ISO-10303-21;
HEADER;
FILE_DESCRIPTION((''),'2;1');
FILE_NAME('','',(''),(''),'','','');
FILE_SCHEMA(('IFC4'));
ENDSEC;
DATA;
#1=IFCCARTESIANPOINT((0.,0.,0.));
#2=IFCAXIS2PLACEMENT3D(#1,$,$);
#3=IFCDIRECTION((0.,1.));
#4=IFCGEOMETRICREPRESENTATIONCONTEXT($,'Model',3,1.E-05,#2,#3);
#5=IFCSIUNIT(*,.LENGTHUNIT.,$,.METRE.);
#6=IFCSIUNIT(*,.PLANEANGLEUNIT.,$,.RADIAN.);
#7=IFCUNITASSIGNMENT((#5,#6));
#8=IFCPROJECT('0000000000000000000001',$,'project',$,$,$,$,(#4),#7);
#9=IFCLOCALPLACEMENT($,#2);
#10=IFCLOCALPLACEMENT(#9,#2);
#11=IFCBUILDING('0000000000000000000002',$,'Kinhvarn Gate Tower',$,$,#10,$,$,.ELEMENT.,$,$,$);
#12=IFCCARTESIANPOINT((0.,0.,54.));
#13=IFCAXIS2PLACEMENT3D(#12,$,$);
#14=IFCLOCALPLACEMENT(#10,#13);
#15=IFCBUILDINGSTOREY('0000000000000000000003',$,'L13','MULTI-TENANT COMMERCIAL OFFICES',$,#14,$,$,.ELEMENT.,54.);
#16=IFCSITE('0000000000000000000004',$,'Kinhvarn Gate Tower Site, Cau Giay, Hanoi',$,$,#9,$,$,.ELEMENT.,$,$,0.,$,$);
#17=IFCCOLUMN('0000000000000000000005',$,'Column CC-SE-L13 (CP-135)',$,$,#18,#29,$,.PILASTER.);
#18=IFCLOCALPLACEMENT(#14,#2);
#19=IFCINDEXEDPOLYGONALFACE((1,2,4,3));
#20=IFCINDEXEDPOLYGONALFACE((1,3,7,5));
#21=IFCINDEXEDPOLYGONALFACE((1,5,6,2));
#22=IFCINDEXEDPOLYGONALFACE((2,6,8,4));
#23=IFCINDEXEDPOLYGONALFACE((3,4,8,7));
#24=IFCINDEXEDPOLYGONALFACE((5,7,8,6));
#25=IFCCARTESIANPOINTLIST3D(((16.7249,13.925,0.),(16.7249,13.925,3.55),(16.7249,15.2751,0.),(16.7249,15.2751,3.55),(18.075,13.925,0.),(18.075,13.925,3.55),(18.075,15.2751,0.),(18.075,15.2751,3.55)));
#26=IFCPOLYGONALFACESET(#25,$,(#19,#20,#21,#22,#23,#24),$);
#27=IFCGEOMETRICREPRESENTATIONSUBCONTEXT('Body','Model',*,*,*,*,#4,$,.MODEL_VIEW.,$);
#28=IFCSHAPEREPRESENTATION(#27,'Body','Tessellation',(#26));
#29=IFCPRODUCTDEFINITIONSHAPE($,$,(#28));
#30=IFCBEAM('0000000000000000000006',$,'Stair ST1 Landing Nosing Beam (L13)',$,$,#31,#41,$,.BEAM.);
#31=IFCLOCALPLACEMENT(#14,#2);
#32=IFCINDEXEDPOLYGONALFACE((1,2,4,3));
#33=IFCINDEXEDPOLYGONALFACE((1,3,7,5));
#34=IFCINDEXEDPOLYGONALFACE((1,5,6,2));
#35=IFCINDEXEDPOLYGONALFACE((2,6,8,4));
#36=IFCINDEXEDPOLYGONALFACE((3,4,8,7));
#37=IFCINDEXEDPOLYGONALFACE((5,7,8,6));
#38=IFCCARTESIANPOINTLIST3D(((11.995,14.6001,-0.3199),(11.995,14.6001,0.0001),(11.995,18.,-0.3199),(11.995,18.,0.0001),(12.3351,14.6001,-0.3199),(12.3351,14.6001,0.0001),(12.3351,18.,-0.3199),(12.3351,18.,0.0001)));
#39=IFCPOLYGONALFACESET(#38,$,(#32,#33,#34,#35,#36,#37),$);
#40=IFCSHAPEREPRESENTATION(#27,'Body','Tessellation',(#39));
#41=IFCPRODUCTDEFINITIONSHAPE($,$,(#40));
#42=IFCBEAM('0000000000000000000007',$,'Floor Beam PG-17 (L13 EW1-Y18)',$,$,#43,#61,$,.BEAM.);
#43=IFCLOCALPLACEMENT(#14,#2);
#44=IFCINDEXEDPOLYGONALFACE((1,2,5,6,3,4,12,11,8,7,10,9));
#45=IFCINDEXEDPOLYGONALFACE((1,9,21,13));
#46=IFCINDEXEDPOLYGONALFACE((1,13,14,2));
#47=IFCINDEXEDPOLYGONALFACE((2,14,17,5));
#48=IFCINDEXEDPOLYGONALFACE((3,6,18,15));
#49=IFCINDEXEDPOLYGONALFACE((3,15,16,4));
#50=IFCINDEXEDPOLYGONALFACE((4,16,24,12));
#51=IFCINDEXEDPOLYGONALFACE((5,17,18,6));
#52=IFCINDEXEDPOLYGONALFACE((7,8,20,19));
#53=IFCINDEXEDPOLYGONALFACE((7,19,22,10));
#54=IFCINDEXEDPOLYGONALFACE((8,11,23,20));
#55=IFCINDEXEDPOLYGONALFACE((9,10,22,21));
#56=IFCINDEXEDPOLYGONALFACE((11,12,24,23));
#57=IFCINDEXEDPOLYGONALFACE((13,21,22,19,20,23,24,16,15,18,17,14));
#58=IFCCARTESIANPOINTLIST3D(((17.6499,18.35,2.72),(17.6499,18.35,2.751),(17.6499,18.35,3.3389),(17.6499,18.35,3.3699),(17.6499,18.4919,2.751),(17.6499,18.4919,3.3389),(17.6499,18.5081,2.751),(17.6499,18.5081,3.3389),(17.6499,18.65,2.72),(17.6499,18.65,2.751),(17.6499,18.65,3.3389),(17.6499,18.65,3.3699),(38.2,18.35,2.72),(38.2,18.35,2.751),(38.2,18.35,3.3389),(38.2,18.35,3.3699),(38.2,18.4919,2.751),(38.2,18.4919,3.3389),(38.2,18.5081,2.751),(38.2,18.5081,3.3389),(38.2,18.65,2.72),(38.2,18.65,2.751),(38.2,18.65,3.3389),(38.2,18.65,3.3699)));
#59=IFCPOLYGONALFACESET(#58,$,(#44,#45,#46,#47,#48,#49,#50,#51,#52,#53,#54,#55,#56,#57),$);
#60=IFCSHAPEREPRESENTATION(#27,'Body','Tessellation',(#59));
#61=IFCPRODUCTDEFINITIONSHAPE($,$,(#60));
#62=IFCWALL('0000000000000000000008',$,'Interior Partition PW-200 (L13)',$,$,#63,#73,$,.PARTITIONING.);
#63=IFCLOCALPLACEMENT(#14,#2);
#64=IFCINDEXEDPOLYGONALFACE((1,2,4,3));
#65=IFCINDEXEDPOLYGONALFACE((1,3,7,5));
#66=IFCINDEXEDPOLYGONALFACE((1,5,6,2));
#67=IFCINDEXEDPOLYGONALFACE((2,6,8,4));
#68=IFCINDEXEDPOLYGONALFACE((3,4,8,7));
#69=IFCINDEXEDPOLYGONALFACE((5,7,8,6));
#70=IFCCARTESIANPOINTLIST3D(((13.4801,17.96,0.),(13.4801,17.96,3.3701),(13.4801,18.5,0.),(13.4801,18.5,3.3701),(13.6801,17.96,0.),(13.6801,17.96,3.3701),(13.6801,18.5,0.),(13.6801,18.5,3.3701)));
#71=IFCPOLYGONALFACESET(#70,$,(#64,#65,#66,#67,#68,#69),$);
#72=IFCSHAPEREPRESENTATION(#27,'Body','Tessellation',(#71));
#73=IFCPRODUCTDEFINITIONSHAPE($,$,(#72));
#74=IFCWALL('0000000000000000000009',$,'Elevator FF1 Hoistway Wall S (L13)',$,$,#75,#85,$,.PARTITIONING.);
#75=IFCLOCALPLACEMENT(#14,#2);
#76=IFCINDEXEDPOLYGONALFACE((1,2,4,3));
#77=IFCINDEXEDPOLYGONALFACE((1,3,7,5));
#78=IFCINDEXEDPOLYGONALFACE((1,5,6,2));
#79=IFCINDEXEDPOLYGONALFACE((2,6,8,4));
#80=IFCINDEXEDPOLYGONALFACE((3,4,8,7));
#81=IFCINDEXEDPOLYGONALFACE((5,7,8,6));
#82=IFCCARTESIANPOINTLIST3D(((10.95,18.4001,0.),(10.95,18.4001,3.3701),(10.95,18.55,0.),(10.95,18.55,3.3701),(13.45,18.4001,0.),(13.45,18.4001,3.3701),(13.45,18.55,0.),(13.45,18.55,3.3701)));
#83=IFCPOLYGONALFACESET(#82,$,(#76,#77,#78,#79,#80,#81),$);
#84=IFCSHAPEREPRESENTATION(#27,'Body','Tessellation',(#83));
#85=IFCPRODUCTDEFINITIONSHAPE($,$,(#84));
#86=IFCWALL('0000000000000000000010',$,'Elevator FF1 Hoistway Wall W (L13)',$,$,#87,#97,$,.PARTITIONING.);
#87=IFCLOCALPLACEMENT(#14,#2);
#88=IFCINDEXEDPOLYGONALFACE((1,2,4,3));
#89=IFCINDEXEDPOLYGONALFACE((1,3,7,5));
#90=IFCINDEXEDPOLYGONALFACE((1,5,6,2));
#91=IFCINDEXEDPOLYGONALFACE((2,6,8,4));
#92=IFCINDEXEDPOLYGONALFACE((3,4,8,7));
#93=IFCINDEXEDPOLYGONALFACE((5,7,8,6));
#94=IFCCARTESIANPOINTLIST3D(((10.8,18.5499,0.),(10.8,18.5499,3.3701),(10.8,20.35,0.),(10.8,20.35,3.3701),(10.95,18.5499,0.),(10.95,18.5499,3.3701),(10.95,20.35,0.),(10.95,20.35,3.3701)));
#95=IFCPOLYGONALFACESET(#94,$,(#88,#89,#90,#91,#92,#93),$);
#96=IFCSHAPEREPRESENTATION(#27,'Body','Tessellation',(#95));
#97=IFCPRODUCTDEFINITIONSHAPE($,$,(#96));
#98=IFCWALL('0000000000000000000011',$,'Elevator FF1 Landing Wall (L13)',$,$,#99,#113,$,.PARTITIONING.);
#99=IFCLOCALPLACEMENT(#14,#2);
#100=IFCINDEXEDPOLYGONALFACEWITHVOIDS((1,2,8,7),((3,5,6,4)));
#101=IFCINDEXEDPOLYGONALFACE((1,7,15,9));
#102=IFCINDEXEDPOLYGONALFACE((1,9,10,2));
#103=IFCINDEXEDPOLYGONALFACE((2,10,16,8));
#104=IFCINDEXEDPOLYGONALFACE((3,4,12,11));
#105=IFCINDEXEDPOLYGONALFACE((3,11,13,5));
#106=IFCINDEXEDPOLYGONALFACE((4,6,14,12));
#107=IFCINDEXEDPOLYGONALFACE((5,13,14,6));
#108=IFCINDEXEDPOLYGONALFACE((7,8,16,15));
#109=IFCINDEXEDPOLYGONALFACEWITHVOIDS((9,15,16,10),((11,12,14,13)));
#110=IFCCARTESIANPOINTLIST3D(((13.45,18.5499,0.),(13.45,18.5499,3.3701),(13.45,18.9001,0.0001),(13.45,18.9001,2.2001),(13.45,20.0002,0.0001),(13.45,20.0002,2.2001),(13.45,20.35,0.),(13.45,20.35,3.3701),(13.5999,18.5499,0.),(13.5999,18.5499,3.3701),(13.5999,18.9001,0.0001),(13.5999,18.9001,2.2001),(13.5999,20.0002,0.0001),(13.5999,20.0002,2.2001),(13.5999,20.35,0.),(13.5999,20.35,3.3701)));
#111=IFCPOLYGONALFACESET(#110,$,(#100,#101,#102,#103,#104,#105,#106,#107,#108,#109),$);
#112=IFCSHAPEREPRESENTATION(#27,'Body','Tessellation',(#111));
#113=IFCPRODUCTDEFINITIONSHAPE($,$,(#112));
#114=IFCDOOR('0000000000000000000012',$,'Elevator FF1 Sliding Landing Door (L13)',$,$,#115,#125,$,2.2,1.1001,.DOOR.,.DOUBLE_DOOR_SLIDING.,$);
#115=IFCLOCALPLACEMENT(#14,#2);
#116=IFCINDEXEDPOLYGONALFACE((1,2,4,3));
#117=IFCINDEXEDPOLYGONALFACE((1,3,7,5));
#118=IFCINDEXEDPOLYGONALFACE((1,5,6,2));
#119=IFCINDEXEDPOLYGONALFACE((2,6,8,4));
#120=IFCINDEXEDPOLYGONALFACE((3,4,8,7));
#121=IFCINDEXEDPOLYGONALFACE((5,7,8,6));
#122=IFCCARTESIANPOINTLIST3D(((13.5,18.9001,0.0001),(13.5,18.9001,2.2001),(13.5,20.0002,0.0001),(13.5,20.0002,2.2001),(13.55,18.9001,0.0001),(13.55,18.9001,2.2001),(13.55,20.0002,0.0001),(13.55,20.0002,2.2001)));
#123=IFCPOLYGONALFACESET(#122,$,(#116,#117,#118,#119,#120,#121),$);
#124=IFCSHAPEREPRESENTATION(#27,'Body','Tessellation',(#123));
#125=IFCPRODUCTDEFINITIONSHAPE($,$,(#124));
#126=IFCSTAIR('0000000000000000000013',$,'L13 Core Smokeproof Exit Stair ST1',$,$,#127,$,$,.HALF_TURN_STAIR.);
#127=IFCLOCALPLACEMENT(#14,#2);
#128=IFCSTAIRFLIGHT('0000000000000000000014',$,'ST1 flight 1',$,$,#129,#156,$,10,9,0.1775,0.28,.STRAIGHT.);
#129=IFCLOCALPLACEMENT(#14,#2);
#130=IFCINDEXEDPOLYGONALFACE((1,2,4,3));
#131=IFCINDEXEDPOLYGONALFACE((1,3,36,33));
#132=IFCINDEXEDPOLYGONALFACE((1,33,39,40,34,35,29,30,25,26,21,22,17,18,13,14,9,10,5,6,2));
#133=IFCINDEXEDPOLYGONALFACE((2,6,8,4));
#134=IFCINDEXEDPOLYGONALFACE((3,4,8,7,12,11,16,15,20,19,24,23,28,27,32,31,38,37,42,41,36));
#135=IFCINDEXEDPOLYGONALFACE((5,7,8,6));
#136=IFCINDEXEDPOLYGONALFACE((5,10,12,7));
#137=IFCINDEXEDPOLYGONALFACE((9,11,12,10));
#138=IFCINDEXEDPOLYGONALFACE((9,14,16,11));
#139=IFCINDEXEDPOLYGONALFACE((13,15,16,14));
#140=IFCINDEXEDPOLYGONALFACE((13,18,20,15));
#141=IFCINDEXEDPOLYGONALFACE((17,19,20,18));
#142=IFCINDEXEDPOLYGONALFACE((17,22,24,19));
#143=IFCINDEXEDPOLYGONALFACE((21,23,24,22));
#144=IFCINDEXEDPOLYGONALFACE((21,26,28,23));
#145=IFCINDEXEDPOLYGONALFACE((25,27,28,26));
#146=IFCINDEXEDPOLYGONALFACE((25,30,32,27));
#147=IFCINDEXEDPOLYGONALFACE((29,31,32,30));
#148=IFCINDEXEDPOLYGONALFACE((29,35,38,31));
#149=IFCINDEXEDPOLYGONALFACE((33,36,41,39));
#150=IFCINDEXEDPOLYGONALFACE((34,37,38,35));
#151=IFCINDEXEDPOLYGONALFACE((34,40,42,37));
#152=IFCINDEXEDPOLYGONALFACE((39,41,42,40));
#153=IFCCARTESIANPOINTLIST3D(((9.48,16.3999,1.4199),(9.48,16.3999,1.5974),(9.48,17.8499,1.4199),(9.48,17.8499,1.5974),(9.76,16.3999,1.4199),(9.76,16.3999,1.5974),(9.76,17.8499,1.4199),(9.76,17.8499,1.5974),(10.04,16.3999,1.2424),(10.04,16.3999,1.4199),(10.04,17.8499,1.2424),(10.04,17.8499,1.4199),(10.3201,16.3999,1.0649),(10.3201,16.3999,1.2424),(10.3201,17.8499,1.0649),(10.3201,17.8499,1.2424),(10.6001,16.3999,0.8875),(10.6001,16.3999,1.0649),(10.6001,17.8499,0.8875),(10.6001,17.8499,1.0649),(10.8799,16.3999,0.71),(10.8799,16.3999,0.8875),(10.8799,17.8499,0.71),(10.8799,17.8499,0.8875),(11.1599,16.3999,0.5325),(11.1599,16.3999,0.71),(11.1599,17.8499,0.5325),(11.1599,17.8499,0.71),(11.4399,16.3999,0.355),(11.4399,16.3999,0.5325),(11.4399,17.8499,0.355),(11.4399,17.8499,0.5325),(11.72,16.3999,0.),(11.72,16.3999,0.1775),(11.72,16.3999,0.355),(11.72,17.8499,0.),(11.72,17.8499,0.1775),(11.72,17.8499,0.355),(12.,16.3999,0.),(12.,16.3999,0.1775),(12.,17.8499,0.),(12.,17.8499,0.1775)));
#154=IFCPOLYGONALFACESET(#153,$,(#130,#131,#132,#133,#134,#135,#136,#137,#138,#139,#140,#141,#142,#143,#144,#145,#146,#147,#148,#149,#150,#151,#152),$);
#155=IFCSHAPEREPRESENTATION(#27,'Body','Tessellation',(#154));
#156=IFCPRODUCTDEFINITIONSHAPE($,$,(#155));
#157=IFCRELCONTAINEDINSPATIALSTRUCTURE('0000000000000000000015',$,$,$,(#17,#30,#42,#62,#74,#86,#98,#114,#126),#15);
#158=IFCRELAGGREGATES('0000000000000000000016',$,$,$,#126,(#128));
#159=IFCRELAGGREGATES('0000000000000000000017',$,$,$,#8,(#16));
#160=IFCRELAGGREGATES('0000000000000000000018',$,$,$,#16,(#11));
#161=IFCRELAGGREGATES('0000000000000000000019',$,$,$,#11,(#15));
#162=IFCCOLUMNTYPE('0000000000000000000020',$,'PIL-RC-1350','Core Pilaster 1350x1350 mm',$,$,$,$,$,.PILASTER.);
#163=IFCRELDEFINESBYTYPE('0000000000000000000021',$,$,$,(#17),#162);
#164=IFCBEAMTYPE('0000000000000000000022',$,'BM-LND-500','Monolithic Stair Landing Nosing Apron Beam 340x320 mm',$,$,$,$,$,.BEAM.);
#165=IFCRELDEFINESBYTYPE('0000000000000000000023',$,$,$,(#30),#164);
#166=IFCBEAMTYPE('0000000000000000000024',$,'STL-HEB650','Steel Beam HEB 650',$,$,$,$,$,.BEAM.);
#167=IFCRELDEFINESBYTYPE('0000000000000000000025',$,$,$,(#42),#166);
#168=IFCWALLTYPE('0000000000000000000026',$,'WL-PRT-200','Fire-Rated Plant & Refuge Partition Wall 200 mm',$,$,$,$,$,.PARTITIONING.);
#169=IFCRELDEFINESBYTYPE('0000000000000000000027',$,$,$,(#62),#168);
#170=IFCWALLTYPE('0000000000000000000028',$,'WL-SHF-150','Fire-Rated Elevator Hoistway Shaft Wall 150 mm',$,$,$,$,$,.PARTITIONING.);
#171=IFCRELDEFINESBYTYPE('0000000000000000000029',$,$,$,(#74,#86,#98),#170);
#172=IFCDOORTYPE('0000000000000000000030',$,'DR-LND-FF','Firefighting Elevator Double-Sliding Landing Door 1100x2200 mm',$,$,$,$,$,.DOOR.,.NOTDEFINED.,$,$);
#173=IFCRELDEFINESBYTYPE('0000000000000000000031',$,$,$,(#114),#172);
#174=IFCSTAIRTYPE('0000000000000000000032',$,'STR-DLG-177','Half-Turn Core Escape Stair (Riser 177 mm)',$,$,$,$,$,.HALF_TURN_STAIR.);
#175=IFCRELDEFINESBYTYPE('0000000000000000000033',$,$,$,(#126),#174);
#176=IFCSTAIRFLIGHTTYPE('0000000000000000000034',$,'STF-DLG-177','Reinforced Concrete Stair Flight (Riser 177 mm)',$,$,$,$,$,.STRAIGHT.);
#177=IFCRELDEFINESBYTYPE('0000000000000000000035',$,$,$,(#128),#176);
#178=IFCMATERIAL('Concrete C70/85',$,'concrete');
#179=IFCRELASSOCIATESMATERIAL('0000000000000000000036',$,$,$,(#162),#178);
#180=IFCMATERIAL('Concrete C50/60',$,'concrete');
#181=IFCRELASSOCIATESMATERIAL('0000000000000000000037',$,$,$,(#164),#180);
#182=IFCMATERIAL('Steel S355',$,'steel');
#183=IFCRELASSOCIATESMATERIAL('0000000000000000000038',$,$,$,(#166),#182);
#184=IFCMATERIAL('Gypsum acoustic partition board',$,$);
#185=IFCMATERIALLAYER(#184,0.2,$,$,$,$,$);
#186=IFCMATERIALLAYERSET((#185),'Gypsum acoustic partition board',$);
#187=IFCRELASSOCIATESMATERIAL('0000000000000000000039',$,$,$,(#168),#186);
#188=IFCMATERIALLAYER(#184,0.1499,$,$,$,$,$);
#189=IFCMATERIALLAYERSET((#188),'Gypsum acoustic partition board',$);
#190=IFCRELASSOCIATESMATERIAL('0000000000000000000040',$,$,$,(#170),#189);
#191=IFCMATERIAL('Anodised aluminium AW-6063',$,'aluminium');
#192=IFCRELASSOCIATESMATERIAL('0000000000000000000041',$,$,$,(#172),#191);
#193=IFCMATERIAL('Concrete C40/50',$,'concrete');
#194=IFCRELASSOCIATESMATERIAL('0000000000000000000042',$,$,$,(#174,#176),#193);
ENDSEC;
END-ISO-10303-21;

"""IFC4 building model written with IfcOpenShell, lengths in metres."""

from ifc_helpers import new_model, si_unit, direction, frame, frame_2d, origin, origin_2d, place, context, subcontext, project, spatial, polyline, rectangle, i_section, outline, extrude, material, layer, layer_set, material_profile, profile_set, type_object, element, fill, aggregate, save


model = new_model("IFC4")

# Units and contexts
model_context = context("Model", 3, precision=1e-05, world=origin(), true_north=direction((0.0, 1.0)))
body_context = subcontext(model_context, "Body", "Model", "MODEL_VIEW")
ifc_project = project(units=[si_unit("LENGTHUNIT", "METRE"), si_unit("PLANEANGLEUNIT", "RADIAN")], contexts=[model_context])

# Site, building, storey
site_placement = place(None, origin())
site = spatial("IfcSite", under=ifc_project, at=site_placement, Name="Kinhvarn Gate Tower Site, Cau Giay, Hanoi", CompositionType="ELEMENT", RefElevation=0.0)
building_placement = place(site_placement, origin())
building = spatial("IfcBuilding", under=site, at=building_placement, Name="Kinhvarn Gate Tower", CompositionType="ELEMENT")
storey_placement = place(building_placement, frame((0.0, 0.0, 54.0)))
storey = spatial("IfcBuildingStorey", under=building, at=storey_placement, Name="L13", Description="MULTI-TENANT COMMERCIAL OFFICES", CompositionType="ELEMENT", Elevation=54.0)

# Column
ifc_material_1 = material(Name="Concrete C70/85", Category="concrete")
ifc_material_profile_1 = material_profile(ifc_material_1, rectangle(XDim=1.3501, YDim=1.3501, at=origin_2d()), Name="RC 1350x1350")
ifc_profile_set_1 = profile_set([ifc_material_profile_1], Name="Concrete C70/85")
column_type = type_object("IfcColumnType", Name="PIL-RC-1350", Description="Core Pilaster 1350x1350 mm", PredefinedType="PILASTER", material=ifc_profile_set_1)
column_placement = place(storey_placement, frame((17.3999, 14.6001, 0.0), z_axis=(0.0, 0.0, 1.0), x_axis=(1.0, 0.0, 0.0)))
element("IfcColumn", 1, at=column_placement, inside=storey, type_object=column_type, Name="Column CC-SE-L13 (CP-135)", PredefinedType="PILASTER", context=body_context, shape_type="SweptSolid", body=[
    extrude(rectangle(XDim=1.3501, YDim=1.3501, at=origin_2d()), origin(), (0.0, 0.0, 1.0), 3.55),
])

# Beams
ifc_material_2 = material(Name="Concrete C50/60", Category="concrete")
ifc_material_profile_2 = material_profile(ifc_material_2, rectangle(XDim=0.3401, YDim=0.3201, at=origin_2d()), Name="RC 340x320")
ifc_profile_set_2 = profile_set([ifc_material_profile_2], Name="Concrete C50/60")
beam_type_1 = type_object("IfcBeamType", Name="BM-LND-500", Description="Monolithic Stair Landing Nosing Apron Beam 340x320 mm", PredefinedType="BEAM", material=ifc_profile_set_2)
beam_1_placement = place(storey_placement, frame((12.165, 14.6001, -0.1599), z_axis=(0.0, 1.0, 0.0), x_axis=(-1.0, 0.0, 0.0)))
element("IfcBeam", 2, at=beam_1_placement, inside=storey, type_object=beam_type_1, Name="Stair ST1 Landing Nosing Beam (L13)", PredefinedType="BEAM", context=body_context, shape_type="SweptSolid", body=[
    extrude(rectangle(XDim=0.3401, YDim=0.3201, at=origin_2d()), origin(), (0.0, 0.0, 1.0), 3.3999),
])
ifc_material_3 = material(Name="Steel S355", Category="steel")
ifc_material_profile_3 = material_profile(ifc_material_3, i_section(OverallWidth=0.3, OverallDepth=0.6499, WebThickness=0.0161, FlangeThickness=0.031, at=origin_2d()), Name="HEB 650")
ifc_profile_set_3 = profile_set([ifc_material_profile_3], Name="Steel S355")
beam_type_2 = type_object("IfcBeamType", Name="STL-HEB650", Description="Steel Beam HEB 650", PredefinedType="BEAM", material=ifc_profile_set_3)
beam_2_placement = place(storey_placement, frame((17.6499, 18.5, 3.0449), z_axis=(1.0, 0.0, 0.0), x_axis=(0.0, 1.0, 0.0)))
element("IfcBeam", 3, at=beam_2_placement, inside=storey, type_object=beam_type_2, Name="Floor Beam PG-17 (L13 EW1-Y18)", PredefinedType="BEAM", context=body_context, shape_type="SweptSolid", body=[
    extrude(i_section(OverallWidth=0.3, OverallDepth=0.6499, WebThickness=0.0161, FlangeThickness=0.031, at=origin_2d()), origin(), (0.0, 0.0, 1.0), 20.55),
])

# Shared definitions
ifc_material_4 = material(Name="Anodised aluminium AW-6063", Category="aluminium")

# Walls
ifc_material_5 = material(Name="Gypsum acoustic partition board")
ifc_layer_1 = layer(ifc_material_5, 0.2)
ifc_layer_set_1 = layer_set([ifc_layer_1], Name="Gypsum acoustic partition board")
wall_type_1 = type_object("IfcWallType", Name="WL-PRT-200", Description="Fire-Rated Plant & Refuge Partition Wall 200 mm", PredefinedType="PARTITIONING", material=ifc_layer_set_1)
wall_1_placement = place(storey_placement, frame((13.5801, 17.96, 0.0), z_axis=(0.0, 0.0, 1.0), x_axis=(0.0, 1.0, 0.0)))
element("IfcWall", 4, at=wall_1_placement, inside=storey, type_object=wall_type_1, Name="Interior Partition PW-200 (L13)", PredefinedType="PARTITIONING", context=body_context, shape_type="SweptSolid", body=[
    extrude(rectangle(XDim=0.54, YDim=0.2, at=frame_2d((0.27, 0.0))), origin(), (0.0, 0.0, 1.0), 3.3701),
])
ifc_layer_2 = layer(ifc_material_5, 0.1499)
ifc_layer_set_2 = layer_set([ifc_layer_2], Name="Gypsum acoustic partition board")
wall_type_2 = type_object("IfcWallType", Name="WL-SHF-150", Description="Fire-Rated Elevator Hoistway Shaft Wall 150 mm", PredefinedType="PARTITIONING", material=ifc_layer_set_2)
wall_2_placement = place(storey_placement, frame((10.95, 18.4751, 0.0), z_axis=(0.0, 0.0, 1.0), x_axis=(1.0, 0.0, 0.0)))
element("IfcWall", 5, at=wall_2_placement, inside=storey, type_object=wall_type_2, Name="Elevator FF1 Hoistway Wall S (L13)", PredefinedType="PARTITIONING", context=body_context, shape_type="SweptSolid", body=[
    extrude(rectangle(XDim=2.5, YDim=0.1499, at=frame_2d((1.25, 0.0))), origin(), (0.0, 0.0, 1.0), 3.3701),
])
wall_3_placement = place(storey_placement, frame((10.875, 18.55, 0.0), z_axis=(0.0, 0.0, 1.0), x_axis=(0.0, 1.0, 0.0)))
element("IfcWall", 6, at=wall_3_placement, inside=storey, type_object=wall_type_2, Name="Elevator FF1 Hoistway Wall W (L13)", PredefinedType="PARTITIONING", context=body_context, shape_type="SweptSolid", body=[
    extrude(rectangle(XDim=1.8, YDim=0.1499, at=frame_2d((0.8999, 0.0))), origin(), (0.0, 0.0, 1.0), 3.3701),
])

# Wall, opening, door
wall_4_placement = place(storey_placement, frame((13.5249, 18.55, 0.0), z_axis=(0.0, 0.0, 1.0), x_axis=(0.0, 1.0, 0.0)))
wall_4 = element("IfcWall", 7, at=wall_4_placement, inside=storey, type_object=wall_type_2, Name="Elevator FF1 Landing Wall (L13)", PredefinedType="PARTITIONING", context=body_context, shape_type="SweptSolid", body=[
    extrude(rectangle(XDim=1.8, YDim=0.1499, at=frame_2d((0.8999, 0.0))), origin(), (0.0, 0.0, 1.0), 3.3701),
])
opening_1_placement = place(wall_4_placement, frame((0.3501, 0.0, 0.0)))
opening_1 = element("IfcOpeningElement", 8, at=opening_1_placement, cuts=wall_4, PredefinedType="OPENING", context=body_context, shape_type="SweptSolid", body=[
    extrude(rectangle(XDim=1.1001, YDim=2.2, at=frame_2d((0.55, 1.1001))), frame((0.0, 0.085, 0.0), z_axis=(0.0, -1.0, 0.0), x_axis=(1.0, 0.0, 0.0)), (0.0, 0.0, 1.0), 0.1699),
])
door_type_1 = type_object("IfcDoorType", Name="DR-LND-FF", Description="Firefighting Elevator Double-Sliding Landing Door 1100x2200 mm", OperationType="NOTDEFINED", PredefinedType="DOOR", material=ifc_material_4)
door_1_placement = place(opening_1_placement, origin())
door_1 = element("IfcDoor", 9, at=door_1_placement, inside=storey, type_object=door_type_1, Name="Elevator FF1 Sliding Landing Door (L13)", OperationType="DOUBLE_DOOR_SLIDING", OverallHeight=2.2, OverallWidth=1.1001, PredefinedType="DOOR", context=body_context, shape_type="SweptSolid", body=[
    extrude(rectangle(XDim=1.1001, YDim=2.2, at=frame_2d((0.55, 1.1001))), frame((0.0, 0.0249, 0.0), z_axis=(0.0, -1.0, 0.0), x_axis=(1.0, 0.0, 0.0)), (0.0, 0.0, 1.0), 0.05),
])
fill(opening_1, door_1)
ifc_material_6 = material(Name="Concrete C40/50", Category="concrete")

# Stair, stair flight
stair_type = type_object("IfcStairType", Name="STR-DLG-177", Description="Half-Turn Core Escape Stair (Riser 177 mm)", PredefinedType="HALF_TURN_STAIR", material=ifc_material_6)
stair_placement = place(storey_placement, origin())
stair = element("IfcStair", 10, at=stair_placement, inside=storey, type_object=stair_type, Name="L13 Core Smokeproof Exit Stair ST1", PredefinedType="HALF_TURN_STAIR")
stair_flight_type = type_object("IfcStairFlightType", Name="STF-DLG-177", Description="Reinforced Concrete Stair Flight (Riser 177 mm)", PredefinedType="STRAIGHT", material=ifc_material_6)
stair_flight_1_placement = place(storey_placement, frame((12.0, 17.125, 0.0), z_axis=(0.0, 0.0, 1.0), x_axis=(-1.0, 0.0, 0.0)))
stair_flight_1 = element("IfcStairFlight", 11, at=stair_flight_1_placement, type_object=stair_flight_type, Name="ST1 flight 1", NumberOfRisers=10, NumberOfTreads=9, PredefinedType="STRAIGHT", RiserHeight=0.1775, TreadLength=0.28, context=body_context, shape_type="SweptSolid", body=[
    extrude(outline(polyline([(0.0, 0.0), (0.0, 0.1775), (0.28, 0.1775), (0.28, 0.355), (0.5601, 0.355), (0.5601, 0.5325), (0.8401, 0.5325), (0.8401, 0.71), (1.1201, 0.71), (1.1201, 0.8875), (1.3999, 0.8875), (1.3999, 1.0649), (1.6799, 1.0649), (1.6799, 1.2424), (1.96, 1.2424), (1.96, 1.4199), (2.24, 1.4199), (2.24, 1.5974), (2.52, 1.5974), (2.52, 1.7749), (2.52, 1.4199), (0.28, 0.0), (0.0, 0.0)])), frame((0.0, 0.7251, 0.0), z_axis=(0.0, -1.0, 0.0), x_axis=(1.0, 0.0, 0.0)), (0.0, 0.0, 1.0), 1.45),
])
aggregate(stair, [stair_flight_1])

save(model, "model.ifc")
